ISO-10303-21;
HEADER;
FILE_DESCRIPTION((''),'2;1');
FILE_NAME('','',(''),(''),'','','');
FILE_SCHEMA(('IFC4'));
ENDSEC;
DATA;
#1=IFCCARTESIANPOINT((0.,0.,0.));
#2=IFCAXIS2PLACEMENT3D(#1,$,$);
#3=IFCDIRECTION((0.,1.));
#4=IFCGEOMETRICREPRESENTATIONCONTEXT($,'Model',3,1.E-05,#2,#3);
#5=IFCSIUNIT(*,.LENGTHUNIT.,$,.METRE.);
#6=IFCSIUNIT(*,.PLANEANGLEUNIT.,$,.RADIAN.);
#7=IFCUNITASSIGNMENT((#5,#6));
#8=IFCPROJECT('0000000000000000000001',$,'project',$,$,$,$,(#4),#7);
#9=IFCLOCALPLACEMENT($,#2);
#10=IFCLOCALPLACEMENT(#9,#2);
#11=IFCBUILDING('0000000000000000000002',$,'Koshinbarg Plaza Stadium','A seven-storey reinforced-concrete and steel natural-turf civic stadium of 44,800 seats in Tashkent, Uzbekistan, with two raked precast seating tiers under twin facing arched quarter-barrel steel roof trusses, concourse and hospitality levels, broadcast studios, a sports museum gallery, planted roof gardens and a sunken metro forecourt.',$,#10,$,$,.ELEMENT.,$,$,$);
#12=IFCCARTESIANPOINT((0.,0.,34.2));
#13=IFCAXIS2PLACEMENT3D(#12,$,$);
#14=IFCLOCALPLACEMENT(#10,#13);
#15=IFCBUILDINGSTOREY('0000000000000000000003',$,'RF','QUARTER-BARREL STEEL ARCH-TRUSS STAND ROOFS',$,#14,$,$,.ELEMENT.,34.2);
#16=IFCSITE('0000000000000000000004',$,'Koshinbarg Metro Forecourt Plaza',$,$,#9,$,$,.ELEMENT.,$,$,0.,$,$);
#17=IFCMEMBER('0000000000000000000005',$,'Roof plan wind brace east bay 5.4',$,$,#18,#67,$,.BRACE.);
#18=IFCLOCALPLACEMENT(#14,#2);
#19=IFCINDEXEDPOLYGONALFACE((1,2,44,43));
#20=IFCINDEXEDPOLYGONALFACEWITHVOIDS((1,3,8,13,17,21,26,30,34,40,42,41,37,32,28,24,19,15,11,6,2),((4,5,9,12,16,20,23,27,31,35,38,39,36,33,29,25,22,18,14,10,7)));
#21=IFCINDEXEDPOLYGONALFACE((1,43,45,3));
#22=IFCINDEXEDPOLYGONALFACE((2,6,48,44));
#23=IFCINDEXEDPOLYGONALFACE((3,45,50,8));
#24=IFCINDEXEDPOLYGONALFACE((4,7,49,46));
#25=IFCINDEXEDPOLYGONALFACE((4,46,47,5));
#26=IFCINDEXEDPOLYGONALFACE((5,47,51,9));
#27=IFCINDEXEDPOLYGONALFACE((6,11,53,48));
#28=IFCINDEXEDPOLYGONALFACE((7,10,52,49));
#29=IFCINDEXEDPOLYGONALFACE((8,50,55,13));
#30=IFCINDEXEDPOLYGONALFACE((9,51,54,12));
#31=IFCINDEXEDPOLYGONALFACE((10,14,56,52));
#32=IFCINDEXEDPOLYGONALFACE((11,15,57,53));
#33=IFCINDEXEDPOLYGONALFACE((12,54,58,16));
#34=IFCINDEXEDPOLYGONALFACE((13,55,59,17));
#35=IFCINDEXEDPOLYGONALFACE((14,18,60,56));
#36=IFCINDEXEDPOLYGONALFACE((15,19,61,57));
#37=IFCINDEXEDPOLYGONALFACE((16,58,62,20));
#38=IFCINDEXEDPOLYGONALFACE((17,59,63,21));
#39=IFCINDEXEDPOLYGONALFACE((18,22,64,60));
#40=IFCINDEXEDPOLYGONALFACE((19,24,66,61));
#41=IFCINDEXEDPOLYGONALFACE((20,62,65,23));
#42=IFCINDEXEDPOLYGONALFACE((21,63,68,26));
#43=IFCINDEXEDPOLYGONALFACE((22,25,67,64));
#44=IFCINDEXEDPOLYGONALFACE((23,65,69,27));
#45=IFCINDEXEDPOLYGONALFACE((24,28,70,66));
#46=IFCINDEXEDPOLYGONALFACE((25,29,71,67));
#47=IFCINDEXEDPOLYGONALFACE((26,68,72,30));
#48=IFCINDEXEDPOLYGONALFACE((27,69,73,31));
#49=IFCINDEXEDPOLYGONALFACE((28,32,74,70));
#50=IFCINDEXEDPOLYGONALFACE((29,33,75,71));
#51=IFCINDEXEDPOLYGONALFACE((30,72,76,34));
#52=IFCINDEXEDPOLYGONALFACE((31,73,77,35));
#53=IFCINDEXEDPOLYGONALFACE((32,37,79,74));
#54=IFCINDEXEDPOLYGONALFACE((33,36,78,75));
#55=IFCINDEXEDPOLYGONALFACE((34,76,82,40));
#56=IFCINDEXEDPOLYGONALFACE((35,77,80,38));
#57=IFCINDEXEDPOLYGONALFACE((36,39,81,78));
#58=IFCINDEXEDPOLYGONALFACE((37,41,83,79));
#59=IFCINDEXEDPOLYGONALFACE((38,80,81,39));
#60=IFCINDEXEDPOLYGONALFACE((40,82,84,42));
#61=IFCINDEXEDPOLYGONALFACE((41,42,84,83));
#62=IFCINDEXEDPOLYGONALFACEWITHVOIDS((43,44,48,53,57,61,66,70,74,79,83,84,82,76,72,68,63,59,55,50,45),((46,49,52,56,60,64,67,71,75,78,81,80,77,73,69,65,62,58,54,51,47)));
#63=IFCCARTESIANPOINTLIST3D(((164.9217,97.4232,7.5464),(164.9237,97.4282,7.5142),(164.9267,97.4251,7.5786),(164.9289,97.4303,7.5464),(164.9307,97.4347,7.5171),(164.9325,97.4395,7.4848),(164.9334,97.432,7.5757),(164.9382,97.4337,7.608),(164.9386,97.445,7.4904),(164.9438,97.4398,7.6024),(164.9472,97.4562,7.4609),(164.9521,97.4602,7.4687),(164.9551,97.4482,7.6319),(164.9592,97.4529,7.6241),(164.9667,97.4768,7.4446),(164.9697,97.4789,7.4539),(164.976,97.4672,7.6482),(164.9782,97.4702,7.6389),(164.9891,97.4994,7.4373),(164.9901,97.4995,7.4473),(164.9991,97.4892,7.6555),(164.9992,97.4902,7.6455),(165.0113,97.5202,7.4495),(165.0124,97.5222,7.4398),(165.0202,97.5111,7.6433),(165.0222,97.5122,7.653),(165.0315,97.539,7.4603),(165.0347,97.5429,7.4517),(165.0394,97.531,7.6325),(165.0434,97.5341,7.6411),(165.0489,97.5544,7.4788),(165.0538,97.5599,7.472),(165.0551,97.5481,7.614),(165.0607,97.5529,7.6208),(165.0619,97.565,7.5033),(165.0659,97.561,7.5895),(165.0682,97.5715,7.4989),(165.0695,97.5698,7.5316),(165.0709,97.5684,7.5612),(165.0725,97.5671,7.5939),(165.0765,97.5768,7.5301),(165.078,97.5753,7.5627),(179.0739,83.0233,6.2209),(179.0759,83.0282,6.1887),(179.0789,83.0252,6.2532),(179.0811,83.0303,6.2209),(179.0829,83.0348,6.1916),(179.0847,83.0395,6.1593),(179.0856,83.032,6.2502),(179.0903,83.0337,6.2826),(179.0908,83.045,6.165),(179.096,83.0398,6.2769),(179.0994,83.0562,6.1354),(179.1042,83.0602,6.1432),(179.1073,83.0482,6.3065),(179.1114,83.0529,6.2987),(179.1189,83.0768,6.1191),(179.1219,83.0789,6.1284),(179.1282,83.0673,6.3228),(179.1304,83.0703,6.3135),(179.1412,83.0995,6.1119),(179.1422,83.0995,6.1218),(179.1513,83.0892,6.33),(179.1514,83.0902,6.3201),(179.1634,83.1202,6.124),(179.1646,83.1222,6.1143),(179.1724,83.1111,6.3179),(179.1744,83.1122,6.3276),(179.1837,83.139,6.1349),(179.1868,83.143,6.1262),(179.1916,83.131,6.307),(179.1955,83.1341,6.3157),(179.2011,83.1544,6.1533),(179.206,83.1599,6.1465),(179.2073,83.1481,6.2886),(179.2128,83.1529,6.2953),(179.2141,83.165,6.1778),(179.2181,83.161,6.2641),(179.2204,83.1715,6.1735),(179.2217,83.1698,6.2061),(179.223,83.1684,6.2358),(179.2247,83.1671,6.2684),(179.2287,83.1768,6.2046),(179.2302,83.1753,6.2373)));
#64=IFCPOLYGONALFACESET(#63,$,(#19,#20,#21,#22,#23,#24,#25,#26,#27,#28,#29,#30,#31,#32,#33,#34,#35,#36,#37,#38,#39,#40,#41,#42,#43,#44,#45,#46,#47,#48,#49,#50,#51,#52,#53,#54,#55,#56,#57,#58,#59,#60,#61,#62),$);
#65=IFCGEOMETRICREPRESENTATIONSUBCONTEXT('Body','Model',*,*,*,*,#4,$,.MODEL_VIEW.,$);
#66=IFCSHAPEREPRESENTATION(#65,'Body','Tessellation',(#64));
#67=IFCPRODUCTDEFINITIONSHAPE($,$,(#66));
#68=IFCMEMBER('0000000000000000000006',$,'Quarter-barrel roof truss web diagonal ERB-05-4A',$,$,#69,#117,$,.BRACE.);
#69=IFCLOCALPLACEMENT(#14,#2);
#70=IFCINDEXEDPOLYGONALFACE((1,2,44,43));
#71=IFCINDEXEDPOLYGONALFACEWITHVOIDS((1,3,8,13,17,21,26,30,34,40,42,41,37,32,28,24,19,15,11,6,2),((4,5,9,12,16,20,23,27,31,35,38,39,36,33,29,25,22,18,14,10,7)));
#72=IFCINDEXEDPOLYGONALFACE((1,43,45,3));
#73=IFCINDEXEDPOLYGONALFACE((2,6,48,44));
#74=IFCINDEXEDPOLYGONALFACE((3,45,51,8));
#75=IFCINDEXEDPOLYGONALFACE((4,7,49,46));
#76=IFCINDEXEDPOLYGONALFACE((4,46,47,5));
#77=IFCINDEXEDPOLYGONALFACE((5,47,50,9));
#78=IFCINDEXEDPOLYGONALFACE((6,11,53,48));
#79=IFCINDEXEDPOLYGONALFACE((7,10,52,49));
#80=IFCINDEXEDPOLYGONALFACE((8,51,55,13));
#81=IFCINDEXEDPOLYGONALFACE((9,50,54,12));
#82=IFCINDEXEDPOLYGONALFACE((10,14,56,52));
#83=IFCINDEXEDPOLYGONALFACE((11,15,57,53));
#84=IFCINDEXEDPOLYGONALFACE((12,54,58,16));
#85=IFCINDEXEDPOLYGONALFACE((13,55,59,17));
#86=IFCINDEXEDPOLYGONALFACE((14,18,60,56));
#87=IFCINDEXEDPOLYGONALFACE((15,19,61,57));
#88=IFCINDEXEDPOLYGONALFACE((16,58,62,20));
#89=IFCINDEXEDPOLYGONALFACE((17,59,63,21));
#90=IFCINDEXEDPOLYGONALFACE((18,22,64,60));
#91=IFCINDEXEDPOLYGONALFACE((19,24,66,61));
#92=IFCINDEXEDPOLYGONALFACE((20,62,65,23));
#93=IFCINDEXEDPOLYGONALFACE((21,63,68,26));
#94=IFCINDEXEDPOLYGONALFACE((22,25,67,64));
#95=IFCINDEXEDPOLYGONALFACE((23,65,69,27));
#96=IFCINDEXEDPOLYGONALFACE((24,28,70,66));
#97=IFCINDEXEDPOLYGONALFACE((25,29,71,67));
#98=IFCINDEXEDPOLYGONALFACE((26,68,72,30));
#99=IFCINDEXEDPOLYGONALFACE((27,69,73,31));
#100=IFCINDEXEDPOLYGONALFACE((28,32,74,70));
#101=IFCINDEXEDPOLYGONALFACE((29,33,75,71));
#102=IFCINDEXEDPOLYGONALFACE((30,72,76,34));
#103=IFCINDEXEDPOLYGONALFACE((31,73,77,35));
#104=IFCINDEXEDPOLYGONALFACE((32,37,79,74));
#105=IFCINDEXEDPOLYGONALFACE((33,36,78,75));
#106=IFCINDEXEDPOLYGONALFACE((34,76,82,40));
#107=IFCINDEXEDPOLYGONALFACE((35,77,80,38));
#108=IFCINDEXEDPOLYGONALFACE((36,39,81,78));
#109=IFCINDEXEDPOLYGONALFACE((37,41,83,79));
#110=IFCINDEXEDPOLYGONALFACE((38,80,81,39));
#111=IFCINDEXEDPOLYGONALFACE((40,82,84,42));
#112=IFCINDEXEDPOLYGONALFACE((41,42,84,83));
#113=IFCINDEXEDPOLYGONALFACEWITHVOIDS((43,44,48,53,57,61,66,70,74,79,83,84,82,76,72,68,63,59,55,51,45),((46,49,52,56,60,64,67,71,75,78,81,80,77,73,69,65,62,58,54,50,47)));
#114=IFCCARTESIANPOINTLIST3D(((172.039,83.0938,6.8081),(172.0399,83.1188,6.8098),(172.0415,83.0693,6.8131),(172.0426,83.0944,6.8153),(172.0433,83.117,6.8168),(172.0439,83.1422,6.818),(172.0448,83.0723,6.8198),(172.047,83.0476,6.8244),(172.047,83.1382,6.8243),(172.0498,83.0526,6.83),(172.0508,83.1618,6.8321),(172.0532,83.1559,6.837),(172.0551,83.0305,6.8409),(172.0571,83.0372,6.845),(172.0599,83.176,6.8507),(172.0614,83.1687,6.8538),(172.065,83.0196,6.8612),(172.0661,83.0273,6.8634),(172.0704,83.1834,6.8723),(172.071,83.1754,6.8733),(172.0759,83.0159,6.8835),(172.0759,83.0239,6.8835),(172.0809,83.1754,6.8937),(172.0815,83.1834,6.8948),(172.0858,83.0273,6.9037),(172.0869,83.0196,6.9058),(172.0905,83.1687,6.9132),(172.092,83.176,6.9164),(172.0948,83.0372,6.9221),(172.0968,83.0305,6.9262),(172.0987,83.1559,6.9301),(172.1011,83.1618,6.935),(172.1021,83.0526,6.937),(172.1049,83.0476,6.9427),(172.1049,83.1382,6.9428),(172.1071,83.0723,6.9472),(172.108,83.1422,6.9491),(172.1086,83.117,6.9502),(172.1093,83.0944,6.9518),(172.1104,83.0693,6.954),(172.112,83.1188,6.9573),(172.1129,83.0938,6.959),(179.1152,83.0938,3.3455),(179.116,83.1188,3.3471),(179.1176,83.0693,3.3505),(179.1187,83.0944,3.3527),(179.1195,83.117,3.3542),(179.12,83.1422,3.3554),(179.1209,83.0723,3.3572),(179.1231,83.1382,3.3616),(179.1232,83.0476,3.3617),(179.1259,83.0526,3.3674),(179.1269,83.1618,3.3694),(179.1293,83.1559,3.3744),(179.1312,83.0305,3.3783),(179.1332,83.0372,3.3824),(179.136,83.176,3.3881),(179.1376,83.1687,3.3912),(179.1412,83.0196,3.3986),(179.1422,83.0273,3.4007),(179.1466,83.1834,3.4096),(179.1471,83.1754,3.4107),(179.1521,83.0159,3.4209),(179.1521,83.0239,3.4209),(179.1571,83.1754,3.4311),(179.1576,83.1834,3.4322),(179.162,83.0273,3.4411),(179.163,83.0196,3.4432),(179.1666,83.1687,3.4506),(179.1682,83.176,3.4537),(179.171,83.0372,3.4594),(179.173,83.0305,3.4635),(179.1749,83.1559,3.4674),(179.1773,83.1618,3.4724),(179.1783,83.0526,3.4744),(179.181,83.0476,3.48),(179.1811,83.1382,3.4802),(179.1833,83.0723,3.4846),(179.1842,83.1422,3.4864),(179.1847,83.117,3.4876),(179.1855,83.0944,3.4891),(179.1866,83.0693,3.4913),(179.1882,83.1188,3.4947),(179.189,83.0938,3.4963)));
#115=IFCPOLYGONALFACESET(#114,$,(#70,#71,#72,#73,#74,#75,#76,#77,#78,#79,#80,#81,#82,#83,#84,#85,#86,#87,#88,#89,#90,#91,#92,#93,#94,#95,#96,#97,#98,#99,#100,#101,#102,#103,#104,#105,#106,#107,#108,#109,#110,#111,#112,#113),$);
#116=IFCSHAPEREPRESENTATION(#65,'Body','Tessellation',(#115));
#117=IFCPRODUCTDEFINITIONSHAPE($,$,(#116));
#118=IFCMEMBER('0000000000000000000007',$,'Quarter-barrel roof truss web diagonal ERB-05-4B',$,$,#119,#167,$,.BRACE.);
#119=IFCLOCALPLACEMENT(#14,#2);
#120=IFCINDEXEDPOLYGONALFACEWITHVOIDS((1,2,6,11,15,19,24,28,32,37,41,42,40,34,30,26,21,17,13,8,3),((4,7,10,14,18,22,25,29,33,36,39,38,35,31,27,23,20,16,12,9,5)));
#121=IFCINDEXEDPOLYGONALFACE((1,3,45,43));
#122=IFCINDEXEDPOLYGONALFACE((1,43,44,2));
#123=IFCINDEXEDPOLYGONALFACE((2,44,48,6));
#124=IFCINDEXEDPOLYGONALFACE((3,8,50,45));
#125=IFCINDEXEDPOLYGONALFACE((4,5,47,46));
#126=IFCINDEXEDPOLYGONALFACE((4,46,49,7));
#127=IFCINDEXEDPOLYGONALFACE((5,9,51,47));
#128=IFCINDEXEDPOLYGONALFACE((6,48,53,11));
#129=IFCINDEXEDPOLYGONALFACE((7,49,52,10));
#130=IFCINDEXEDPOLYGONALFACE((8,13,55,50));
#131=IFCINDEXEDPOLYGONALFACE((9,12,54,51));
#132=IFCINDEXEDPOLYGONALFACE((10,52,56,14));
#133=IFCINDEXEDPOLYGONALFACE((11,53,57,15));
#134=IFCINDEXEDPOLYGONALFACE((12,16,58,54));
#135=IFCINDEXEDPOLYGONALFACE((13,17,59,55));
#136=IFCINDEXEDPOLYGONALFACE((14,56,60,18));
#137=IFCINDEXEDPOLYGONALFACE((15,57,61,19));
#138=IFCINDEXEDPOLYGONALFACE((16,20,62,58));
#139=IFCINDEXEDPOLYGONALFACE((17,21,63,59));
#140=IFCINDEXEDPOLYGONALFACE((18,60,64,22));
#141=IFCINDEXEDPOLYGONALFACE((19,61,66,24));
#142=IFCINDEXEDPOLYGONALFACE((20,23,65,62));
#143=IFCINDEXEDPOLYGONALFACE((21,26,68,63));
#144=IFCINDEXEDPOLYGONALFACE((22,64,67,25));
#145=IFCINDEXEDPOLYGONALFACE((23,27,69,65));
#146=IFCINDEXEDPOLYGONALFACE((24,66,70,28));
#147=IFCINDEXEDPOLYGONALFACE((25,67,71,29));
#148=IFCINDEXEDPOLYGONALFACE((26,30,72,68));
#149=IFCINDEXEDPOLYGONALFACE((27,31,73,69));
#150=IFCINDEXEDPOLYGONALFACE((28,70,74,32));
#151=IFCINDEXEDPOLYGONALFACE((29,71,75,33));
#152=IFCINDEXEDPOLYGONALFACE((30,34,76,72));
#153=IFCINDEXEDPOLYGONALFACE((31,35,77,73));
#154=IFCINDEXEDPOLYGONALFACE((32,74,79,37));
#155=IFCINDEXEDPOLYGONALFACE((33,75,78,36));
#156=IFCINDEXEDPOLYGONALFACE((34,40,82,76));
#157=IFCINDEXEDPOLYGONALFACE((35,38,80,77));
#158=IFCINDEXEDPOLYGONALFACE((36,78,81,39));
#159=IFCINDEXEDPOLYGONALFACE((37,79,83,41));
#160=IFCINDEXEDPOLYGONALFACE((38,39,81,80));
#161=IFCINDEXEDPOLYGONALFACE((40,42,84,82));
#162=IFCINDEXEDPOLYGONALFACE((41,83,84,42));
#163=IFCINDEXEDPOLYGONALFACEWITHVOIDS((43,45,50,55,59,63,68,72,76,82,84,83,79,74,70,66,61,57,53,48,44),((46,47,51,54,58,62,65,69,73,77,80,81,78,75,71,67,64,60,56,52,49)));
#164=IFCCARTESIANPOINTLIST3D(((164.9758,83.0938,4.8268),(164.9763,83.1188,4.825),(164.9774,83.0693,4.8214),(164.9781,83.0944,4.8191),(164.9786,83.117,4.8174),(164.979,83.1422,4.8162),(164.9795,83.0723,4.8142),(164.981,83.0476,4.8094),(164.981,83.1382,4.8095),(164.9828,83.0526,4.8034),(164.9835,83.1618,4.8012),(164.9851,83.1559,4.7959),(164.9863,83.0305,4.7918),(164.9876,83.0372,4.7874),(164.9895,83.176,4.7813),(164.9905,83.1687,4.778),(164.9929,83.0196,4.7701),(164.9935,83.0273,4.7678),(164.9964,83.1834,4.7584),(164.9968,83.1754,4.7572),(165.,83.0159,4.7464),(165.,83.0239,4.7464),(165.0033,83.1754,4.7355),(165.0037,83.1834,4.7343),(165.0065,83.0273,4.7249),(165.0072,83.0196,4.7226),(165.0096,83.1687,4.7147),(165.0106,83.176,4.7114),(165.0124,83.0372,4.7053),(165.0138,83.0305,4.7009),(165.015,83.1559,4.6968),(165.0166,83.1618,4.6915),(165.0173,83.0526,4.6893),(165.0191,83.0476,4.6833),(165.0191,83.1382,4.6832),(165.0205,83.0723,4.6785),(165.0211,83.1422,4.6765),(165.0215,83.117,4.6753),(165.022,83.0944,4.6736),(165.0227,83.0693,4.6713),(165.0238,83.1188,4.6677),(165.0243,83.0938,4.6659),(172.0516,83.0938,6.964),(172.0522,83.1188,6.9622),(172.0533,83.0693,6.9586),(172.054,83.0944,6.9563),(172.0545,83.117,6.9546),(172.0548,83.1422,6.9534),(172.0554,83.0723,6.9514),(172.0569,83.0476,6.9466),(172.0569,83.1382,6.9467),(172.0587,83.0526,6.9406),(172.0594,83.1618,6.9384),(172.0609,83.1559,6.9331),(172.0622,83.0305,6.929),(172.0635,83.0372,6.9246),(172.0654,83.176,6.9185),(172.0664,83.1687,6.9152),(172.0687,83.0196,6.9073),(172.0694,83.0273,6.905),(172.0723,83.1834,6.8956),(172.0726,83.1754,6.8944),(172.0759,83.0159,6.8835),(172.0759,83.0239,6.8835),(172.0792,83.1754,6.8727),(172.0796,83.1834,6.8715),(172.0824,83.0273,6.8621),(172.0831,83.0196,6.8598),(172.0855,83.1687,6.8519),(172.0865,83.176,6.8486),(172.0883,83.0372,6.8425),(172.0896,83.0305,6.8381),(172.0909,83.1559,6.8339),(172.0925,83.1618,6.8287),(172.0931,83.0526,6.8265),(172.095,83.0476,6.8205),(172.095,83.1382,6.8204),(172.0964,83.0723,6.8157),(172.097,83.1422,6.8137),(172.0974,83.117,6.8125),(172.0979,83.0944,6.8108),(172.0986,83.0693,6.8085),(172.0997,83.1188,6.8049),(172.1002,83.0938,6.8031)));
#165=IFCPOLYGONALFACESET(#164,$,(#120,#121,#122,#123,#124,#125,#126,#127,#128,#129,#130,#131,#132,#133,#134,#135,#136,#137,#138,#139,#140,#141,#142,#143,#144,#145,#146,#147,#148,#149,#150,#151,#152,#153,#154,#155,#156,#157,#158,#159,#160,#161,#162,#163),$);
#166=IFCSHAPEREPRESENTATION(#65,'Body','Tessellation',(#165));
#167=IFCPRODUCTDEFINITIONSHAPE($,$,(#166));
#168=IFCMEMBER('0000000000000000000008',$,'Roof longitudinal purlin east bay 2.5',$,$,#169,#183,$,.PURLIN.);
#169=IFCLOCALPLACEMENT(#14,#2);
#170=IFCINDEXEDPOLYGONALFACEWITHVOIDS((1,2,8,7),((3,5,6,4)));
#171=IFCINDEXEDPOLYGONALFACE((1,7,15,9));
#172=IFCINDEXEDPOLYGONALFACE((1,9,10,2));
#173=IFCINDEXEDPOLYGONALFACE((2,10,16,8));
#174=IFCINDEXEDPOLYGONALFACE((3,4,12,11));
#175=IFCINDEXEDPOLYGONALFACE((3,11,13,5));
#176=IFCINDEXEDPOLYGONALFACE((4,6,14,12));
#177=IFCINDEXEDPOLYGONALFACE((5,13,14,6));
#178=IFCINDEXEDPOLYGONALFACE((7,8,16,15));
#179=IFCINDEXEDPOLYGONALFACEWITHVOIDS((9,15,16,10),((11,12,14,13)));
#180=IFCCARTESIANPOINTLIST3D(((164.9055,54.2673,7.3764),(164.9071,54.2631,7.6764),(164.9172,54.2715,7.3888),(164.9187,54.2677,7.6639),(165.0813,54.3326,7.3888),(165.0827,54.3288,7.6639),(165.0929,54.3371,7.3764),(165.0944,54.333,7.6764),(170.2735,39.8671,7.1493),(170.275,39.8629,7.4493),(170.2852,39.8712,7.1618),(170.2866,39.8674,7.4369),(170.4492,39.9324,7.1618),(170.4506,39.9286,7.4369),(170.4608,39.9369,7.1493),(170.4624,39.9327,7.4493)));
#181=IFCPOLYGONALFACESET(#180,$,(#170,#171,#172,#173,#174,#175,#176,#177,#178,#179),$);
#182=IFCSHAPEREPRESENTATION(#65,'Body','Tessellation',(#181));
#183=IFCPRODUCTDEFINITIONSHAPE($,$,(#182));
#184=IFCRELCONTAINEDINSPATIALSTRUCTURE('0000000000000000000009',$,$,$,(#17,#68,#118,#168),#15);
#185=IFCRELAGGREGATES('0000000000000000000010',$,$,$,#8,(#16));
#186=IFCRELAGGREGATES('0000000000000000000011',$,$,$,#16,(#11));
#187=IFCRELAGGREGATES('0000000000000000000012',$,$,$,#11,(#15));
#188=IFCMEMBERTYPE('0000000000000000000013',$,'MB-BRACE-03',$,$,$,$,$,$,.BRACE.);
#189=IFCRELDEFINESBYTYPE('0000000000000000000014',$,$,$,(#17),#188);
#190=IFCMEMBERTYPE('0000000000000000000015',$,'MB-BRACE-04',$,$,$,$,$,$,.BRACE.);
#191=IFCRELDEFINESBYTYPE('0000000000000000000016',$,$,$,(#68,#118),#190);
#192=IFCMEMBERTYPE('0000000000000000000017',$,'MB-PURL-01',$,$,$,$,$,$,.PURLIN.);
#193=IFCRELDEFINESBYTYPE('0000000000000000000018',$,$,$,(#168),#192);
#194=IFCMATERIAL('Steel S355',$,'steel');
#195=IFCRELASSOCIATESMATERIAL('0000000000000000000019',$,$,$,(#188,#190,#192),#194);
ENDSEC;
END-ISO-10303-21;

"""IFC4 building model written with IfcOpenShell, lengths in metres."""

from ifc_helpers import new_model, si_unit, direction, frame, origin, origin_2d, place, context, subcontext, project, spatial, hollow_rectangle, hollow_circle, extrude, material, material_profile, profile_set, type_object, element, save


model = new_model("IFC4")

# Units and contexts
model_context = context("Model", 3, precision=1e-05, world=origin(), true_north=direction((0.0, 1.0)))
body_context = subcontext(model_context, "Body", "Model", "MODEL_VIEW")
ifc_project = project(units=[si_unit("LENGTHUNIT", "METRE"), si_unit("PLANEANGLEUNIT", "RADIAN")], contexts=[model_context])

# Site, building, storey
site_placement = place(None, origin())
site = spatial("IfcSite", under=ifc_project, at=site_placement, Name="Koshinbarg Metro Forecourt Plaza", CompositionType="ELEMENT", RefElevation=0.0)
building_placement = place(site_placement, origin())
building = spatial("IfcBuilding", under=site, at=building_placement, Name="Koshinbarg Plaza Stadium", Description="A seven-storey reinforced-concrete and steel natural-turf civic stadium of 44,800 seats in Tashkent, Uzbekistan, with two raked precast seating tiers under twin facing arched quarter-barrel steel roof trusses, concourse and hospitality levels, broadcast studios, a sports museum gallery, planted roof gardens and a sunken metro forecourt.", CompositionType="ELEMENT")
storey_placement = place(building_placement, frame((0.0, 0.0, 34.2)))
storey = spatial("IfcBuildingStorey", under=building, at=storey_placement, Name="RF", Description="QUARTER-BARREL STEEL ARCH-TRUSS STAND ROOFS", CompositionType="ELEMENT", Elevation=34.2)

# Members
ifc_material_1 = material(Name="Steel S355", Category="steel")
ifc_material_profile_1 = material_profile(ifc_material_1, hollow_circle(Radius=0.1096, WallThickness=0.01, at=origin_2d()), Name="CHS 219.1x10")
ifc_profile_set_1 = profile_set([ifc_material_profile_1], Name="Steel S355")
member_type_1 = type_object("IfcMemberType", Name="MB-BRACE-03", PredefinedType="BRACE", material=ifc_profile_set_1)
for number, where, z_axis, x_axis, name in (
    (1, (179.1521, 83.1001, 6.2209), (-0.699438, 0.711685, 0.065507), (-0.713217, -0.700943, 0.0), "Roof plan wind brace east bay 5.4"),
):
    element("IfcMember", number, at=place(storey_placement, frame(where, z_axis=z_axis, x_axis=x_axis)), inside=storey, type_object=member_type_1, Name=name, PredefinedType="BRACE", context=body_context, shape_type="SweptSolid", body=[
        extrude(hollow_circle(Radius=0.1096, WallThickness=0.01, at=origin_2d()), origin(), (0.0, 0.0, 1.0), 20.2336),
    ])
ifc_material_profile_2 = material_profile(ifc_material_1, hollow_circle(Radius=0.0842, WallThickness=0.0081, at=origin_2d()), Name="CHS 168.3x8")
ifc_profile_set_2 = profile_set([ifc_material_profile_2], Name="Steel S355")
member_type_2 = type_object("IfcMemberType", Name="MB-BRACE-04", PredefinedType="BRACE", material=ifc_profile_set_2)
member_1_placement = place(storey_placement, frame((179.1521, 83.1001, 3.4209), z_axis=(-0.898225, 0.0, 0.439536), x_axis=(0.0, -1.0, 0.0)))
element("IfcMember", 2, at=member_1_placement, inside=storey, type_object=member_type_2, Name="Quarter-barrel roof truss web diagonal ERB-05-4A", PredefinedType="BRACE", context=body_context, shape_type="SweptSolid", body=[
    extrude(hollow_circle(Radius=0.0842, WallThickness=0.0081, at=origin_2d()), origin(), (0.0, 0.0, 1.0), 7.8779),
])
member_2_placement = place(storey_placement, frame((172.0759, 83.1001, 6.8835), z_axis=(-0.957287, 0.0, -0.289138), x_axis=(0.0, -1.0, 0.0)))
element("IfcMember", 3, at=member_2_placement, inside=storey, type_object=member_type_2, Name="Quarter-barrel roof truss web diagonal ERB-05-4B", PredefinedType="BRACE", context=body_context, shape_type="SweptSolid", body=[
    extrude(hollow_circle(Radius=0.0842, WallThickness=0.0081, at=origin_2d()), origin(), (0.0, 0.0, 1.0), 7.3916),
])
ifc_material_profile_3 = material_profile(ifc_material_1, hollow_rectangle(XDim=0.2, YDim=0.3, WallThickness=0.0125, at=origin_2d()), Name="RHS 300x200x12.5")
ifc_profile_set_3 = profile_set([ifc_material_profile_3], Name="Steel S355")
member_type_3 = type_object("IfcMemberType", Name="MB-PURL-01", PredefinedType="PURLIN", material=ifc_profile_set_3)
member_3_placement = place(storey_placement, frame((170.3679, 39.8999, 7.2993), z_axis=(-0.349251, 0.936913, 0.014773), x_axis=(-0.937015, -0.34929, 0.0)))
element("IfcMember", 4, at=member_3_placement, inside=storey, type_object=member_type_3, Name="Roof longitudinal purlin east bay 2.5", PredefinedType="PURLIN", context=body_context, shape_type="SweptSolid", body=[
    extrude(hollow_rectangle(XDim=0.2, YDim=0.3, WallThickness=0.0125, at=origin_2d()), origin(), (0.0, 0.0, 1.0), 15.3699),
])

save(model, "model.ifc")
